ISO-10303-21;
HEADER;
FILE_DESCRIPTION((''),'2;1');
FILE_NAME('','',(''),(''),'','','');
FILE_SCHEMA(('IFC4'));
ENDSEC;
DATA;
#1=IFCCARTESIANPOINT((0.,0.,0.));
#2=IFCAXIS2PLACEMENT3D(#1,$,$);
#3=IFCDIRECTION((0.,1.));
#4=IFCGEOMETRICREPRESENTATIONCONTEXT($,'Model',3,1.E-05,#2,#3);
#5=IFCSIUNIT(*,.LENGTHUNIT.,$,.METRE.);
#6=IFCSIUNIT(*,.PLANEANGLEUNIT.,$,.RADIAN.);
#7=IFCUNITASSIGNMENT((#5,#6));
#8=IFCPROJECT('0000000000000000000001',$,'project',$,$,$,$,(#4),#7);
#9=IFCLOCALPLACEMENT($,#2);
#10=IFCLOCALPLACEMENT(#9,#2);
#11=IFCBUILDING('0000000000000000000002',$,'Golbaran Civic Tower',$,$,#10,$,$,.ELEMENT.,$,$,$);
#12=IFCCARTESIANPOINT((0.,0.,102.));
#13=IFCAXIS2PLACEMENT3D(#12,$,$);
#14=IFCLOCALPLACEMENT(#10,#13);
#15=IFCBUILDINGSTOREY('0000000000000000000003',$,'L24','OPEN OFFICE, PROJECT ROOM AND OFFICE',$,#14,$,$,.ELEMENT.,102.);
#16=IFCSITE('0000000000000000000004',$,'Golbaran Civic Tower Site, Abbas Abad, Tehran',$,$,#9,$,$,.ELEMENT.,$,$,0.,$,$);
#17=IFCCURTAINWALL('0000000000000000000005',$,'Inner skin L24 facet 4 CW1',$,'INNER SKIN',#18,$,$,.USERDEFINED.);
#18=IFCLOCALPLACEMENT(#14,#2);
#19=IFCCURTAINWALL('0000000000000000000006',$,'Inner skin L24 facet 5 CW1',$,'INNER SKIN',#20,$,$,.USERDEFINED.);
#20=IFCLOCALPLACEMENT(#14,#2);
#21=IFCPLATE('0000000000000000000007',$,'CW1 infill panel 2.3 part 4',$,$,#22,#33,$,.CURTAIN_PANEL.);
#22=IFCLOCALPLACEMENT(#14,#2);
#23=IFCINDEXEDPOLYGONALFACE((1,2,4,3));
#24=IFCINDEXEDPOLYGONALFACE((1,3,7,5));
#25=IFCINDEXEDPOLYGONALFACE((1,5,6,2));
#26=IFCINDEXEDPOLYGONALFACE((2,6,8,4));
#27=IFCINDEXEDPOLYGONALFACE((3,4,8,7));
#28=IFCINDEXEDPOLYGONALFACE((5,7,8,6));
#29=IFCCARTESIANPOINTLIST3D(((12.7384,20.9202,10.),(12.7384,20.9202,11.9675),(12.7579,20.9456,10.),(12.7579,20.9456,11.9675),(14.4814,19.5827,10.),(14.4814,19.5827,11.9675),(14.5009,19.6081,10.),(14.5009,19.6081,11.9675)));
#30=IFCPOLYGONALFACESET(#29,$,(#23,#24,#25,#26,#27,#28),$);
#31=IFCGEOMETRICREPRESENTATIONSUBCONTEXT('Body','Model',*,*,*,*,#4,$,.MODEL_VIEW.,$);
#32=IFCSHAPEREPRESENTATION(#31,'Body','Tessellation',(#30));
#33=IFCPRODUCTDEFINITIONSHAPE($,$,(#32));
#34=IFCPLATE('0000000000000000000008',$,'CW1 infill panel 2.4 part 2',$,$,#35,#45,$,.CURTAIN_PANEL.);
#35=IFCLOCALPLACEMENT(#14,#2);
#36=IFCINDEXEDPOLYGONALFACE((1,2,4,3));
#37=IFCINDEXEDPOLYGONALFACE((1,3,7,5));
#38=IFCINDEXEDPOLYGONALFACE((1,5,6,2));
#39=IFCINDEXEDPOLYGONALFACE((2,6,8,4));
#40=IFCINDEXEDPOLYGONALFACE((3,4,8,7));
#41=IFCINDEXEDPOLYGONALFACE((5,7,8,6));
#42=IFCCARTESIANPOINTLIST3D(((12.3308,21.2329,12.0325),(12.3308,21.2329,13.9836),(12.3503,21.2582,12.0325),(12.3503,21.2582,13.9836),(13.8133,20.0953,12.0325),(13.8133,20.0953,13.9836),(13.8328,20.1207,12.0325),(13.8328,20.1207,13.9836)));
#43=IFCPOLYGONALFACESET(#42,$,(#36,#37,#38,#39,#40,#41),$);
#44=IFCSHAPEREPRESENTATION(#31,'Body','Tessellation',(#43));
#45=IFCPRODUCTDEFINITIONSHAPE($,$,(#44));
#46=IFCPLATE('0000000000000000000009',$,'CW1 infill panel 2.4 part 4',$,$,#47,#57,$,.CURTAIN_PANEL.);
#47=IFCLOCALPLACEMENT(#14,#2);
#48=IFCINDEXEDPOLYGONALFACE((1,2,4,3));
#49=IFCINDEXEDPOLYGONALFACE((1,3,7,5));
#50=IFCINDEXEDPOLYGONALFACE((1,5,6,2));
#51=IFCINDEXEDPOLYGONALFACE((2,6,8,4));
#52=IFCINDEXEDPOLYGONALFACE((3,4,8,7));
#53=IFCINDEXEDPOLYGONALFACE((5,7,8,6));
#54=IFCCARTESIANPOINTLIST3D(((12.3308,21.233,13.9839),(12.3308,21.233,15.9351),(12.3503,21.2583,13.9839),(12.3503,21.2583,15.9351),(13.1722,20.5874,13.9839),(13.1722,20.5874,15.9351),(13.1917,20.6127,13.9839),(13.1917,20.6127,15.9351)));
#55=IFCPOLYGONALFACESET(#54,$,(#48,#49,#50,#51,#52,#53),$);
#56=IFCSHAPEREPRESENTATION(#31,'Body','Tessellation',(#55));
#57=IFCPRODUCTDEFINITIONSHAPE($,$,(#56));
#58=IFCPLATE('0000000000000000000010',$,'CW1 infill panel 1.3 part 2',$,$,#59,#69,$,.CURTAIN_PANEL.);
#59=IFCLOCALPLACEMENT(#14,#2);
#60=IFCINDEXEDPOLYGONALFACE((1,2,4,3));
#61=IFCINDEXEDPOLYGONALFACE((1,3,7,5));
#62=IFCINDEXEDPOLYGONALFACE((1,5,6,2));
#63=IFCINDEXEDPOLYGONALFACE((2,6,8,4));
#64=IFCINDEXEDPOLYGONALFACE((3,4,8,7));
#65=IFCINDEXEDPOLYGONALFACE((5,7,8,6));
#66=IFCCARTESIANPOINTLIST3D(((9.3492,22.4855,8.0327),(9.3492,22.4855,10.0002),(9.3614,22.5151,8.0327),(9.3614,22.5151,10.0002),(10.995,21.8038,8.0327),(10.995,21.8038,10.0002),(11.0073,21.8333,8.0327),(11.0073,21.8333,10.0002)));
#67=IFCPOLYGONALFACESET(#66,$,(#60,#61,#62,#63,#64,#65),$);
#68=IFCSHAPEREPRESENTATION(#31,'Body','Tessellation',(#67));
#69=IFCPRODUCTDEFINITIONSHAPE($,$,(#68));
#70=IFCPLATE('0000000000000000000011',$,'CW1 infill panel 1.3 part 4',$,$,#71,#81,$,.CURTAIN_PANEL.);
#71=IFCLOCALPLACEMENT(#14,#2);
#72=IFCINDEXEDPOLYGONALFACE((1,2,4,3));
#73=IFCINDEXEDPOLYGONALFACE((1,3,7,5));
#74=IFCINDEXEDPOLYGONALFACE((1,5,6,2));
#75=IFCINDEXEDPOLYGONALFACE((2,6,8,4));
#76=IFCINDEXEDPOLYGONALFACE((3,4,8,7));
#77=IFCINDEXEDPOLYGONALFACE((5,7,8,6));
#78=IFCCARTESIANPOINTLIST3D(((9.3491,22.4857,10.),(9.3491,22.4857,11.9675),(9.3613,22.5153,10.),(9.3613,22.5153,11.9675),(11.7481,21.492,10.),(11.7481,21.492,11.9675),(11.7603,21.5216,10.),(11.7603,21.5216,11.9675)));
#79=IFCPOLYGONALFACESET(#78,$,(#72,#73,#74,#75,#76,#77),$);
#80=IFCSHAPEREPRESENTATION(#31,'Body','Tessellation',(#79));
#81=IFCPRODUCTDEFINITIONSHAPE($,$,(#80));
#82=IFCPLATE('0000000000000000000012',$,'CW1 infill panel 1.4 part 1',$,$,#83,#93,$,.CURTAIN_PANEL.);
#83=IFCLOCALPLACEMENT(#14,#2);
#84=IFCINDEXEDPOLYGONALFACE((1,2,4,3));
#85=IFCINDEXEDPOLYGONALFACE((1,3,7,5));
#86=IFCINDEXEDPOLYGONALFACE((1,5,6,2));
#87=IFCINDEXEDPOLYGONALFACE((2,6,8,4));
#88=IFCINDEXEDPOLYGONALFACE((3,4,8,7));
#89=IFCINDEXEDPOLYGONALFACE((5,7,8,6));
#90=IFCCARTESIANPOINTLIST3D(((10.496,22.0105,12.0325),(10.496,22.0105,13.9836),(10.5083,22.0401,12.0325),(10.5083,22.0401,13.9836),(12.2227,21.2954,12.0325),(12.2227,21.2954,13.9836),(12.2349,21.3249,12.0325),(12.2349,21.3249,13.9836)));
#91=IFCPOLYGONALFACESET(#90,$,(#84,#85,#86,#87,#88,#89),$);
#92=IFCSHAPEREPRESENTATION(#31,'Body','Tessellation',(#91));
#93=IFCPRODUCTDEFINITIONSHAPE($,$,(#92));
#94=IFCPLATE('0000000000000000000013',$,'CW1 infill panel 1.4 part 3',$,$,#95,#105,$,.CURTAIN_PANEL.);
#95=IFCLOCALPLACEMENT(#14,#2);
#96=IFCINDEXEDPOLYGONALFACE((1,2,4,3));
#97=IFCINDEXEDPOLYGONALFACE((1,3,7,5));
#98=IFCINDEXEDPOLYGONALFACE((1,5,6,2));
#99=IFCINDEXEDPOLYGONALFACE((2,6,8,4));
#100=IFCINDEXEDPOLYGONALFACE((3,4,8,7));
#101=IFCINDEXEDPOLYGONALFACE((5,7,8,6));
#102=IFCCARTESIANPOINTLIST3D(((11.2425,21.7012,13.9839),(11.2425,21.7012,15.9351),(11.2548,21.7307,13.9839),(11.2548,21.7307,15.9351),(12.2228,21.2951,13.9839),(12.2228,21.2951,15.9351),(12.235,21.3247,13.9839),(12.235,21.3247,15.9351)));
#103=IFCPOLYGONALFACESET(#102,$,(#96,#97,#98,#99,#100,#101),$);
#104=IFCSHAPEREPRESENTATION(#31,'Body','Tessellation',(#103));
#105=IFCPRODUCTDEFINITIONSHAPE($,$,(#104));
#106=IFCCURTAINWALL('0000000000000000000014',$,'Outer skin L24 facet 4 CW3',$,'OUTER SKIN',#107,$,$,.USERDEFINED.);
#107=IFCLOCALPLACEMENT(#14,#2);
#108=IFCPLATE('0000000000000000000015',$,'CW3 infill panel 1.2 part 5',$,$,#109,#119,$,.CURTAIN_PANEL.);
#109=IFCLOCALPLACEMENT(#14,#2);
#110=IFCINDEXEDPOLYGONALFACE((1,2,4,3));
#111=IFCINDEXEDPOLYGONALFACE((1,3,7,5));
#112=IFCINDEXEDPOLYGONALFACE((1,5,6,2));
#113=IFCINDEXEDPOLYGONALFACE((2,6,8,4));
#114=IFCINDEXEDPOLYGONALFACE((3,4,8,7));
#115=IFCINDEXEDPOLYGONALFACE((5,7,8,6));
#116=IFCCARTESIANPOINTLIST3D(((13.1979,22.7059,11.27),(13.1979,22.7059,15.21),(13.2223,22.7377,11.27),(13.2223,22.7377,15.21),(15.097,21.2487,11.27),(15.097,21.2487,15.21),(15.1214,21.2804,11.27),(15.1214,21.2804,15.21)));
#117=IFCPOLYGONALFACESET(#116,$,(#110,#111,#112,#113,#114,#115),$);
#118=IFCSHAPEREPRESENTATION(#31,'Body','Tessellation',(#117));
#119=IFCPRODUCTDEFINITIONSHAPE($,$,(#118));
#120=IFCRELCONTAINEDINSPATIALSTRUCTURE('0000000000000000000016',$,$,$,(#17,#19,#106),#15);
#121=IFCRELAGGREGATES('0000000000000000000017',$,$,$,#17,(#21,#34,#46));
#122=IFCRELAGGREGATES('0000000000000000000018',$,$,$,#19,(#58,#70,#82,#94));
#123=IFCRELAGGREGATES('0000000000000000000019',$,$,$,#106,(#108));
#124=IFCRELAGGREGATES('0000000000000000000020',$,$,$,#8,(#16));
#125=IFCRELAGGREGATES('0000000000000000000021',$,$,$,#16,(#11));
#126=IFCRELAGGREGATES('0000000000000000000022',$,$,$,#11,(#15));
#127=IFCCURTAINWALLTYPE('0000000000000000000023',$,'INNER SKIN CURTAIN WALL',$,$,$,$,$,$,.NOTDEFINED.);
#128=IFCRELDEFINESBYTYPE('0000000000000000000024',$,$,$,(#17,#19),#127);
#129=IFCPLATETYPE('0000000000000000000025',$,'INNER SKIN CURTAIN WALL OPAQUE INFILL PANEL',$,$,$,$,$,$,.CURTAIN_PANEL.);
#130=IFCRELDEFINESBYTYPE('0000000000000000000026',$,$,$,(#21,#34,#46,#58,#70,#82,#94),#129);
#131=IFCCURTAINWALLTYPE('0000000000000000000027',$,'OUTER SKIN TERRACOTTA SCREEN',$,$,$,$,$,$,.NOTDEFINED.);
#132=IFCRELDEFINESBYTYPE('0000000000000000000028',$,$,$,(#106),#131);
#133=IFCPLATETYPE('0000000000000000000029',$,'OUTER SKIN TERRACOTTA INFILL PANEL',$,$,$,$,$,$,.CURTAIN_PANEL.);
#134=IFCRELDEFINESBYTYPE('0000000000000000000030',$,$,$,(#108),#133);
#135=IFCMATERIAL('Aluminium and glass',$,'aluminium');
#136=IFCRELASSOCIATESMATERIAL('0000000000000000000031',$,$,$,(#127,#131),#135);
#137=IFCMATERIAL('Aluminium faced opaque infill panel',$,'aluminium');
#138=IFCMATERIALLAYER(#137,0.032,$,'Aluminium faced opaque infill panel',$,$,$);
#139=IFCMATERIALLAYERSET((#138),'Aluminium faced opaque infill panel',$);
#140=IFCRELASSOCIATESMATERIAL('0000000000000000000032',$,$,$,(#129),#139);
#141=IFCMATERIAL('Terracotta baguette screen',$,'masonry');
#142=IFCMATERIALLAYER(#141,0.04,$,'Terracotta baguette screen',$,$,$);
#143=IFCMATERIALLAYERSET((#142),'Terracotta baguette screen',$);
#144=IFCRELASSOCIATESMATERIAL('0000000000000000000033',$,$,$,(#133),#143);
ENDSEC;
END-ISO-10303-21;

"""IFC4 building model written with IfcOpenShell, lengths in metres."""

from ifc_helpers import new_model, si_unit, direction, frame, origin, origin_2d, place, context, subcontext, project, spatial, rectangle, extrude, material, layer, layer_set, type_object, element, aggregate, save


model = new_model("IFC4")

# Units and contexts
model_context = context("Model", 3, precision=1e-05, world=origin(), true_north=direction((0.0, 1.0)))
body_context = subcontext(model_context, "Body", "Model", "MODEL_VIEW")
ifc_project = project(units=[si_unit("LENGTHUNIT", "METRE"), si_unit("PLANEANGLEUNIT", "RADIAN")], contexts=[model_context])

# Site, building, storey
site_placement = place(None, origin())
site = spatial("IfcSite", under=ifc_project, at=site_placement, Name="Golbaran Civic Tower Site, Abbas Abad, Tehran", CompositionType="ELEMENT", RefElevation=0.0)
building_placement = place(site_placement, origin())
building = spatial("IfcBuilding", under=site, at=building_placement, Name="Golbaran Civic Tower", CompositionType="ELEMENT")
storey_placement = place(building_placement, frame((0.0, 0.0, 102.0)))
storey = spatial("IfcBuildingStorey", under=building, at=storey_placement, Name="L24", Description="OPEN OFFICE, PROJECT ROOM AND OFFICE", CompositionType="ELEMENT", Elevation=102.0)

# Curtain walls
ifc_material_1 = material(Name="Aluminium and glass", Category="aluminium")
curtain_wall_type_1 = type_object("IfcCurtainWallType", Name="INNER SKIN CURTAIN WALL", PredefinedType="NOTDEFINED", material=ifc_material_1)
curtain_wall_1_placement = place(storey_placement, origin())
curtain_wall_1 = element("IfcCurtainWall", 1, at=curtain_wall_1_placement, inside=storey, type_object=curtain_wall_type_1, Name="Inner skin L24 facet 4 CW1", ObjectType="INNER SKIN", PredefinedType="USERDEFINED")
curtain_wall_2_placement = place(storey_placement, origin())
curtain_wall_2 = element("IfcCurtainWall", 2, at=curtain_wall_2_placement, inside=storey, type_object=curtain_wall_type_1, Name="Inner skin L24 facet 5 CW1", ObjectType="INNER SKIN", PredefinedType="USERDEFINED")

# Plates
ifc_material_2 = material(Name="Aluminium faced opaque infill panel", Category="aluminium")
ifc_layer_1 = layer(ifc_material_2, 0.032, Name="Aluminium faced opaque infill panel")
ifc_layer_set_1 = layer_set([ifc_layer_1], Name="Aluminium faced opaque infill panel")
plate_type_1 = type_object("IfcPlateType", Name="INNER SKIN CURTAIN WALL OPAQUE INFILL PANEL", PredefinedType="CURTAIN_PANEL", material=ifc_layer_set_1)
plate_1_placement = place(storey_placement, frame((13.6196, 20.2642, 10.0), z_axis=(0.0, 0.0, 1.0), x_axis=(-0.793353, 0.608761, 0.0)))
plate_1 = element("IfcPlate", 3, at=plate_1_placement, type_object=plate_type_1, Name="CW1 infill panel 2.3 part 4", PredefinedType="CURTAIN_PANEL", context=body_context, shape_type="SweptSolid", body=[
    extrude(rectangle(XDim=2.197, YDim=0.032, at=origin_2d()), origin(), (0.0, 0.0, 1.0), 1.9675),
])
plate_2_placement = place(storey_placement, frame((13.0818, 20.6768, 12.0325), z_axis=(0.0, 0.0, 1.0), x_axis=(-0.793353, 0.608761, 0.0)))
plate_2 = element("IfcPlate", 4, at=plate_2_placement, type_object=plate_type_1, Name="CW1 infill panel 2.4 part 2", PredefinedType="CURTAIN_PANEL", context=body_context, shape_type="SweptSolid", body=[
    extrude(rectangle(XDim=1.8687, YDim=0.032, at=origin_2d()), origin(), (0.0, 0.0, 1.0), 1.9512),
])
plate_3_placement = place(storey_placement, frame((12.7612, 20.9229, 13.9839), z_axis=(0.0, 0.0, 1.0), x_axis=(-0.793353, 0.608761, 0.0)))
plate_3 = element("IfcPlate", 5, at=plate_3_placement, type_object=plate_type_1, Name="CW1 infill panel 2.4 part 4", PredefinedType="CURTAIN_PANEL", context=body_context, shape_type="SweptSolid", body=[
    extrude(rectangle(XDim=1.0605, YDim=0.032, at=origin_2d()), origin(), (0.0, 0.0, 1.0), 1.9512),
])
aggregate(curtain_wall_1, [plate_1, plate_2, plate_3])
plate_4_placement = place(storey_placement, frame((10.1782, 22.1594, 8.0327), z_axis=(0.0, 0.0, 1.0), x_axis=(-0.92388, 0.382683, 0.0)))
plate_4 = element("IfcPlate", 6, at=plate_4_placement, type_object=plate_type_1, Name="CW1 infill panel 1.3 part 2", PredefinedType="CURTAIN_PANEL", context=body_context, shape_type="SweptSolid", body=[
    extrude(rectangle(XDim=1.7815, YDim=0.032, at=origin_2d()), origin(), (0.0, 0.0, 1.0), 1.9675),
])
plate_5_placement = place(storey_placement, frame((10.5547, 22.0037, 10.0), z_axis=(0.0, 0.0, 1.0), x_axis=(-0.92388, 0.382683, 0.0)))
plate_5 = element("IfcPlate", 7, at=plate_5_placement, type_object=plate_type_1, Name="CW1 infill panel 1.3 part 4", PredefinedType="CURTAIN_PANEL", context=body_context, shape_type="SweptSolid", body=[
    extrude(rectangle(XDim=2.5967, YDim=0.032, at=origin_2d()), origin(), (0.0, 0.0, 1.0), 1.9675),
])
plate_6_placement = place(storey_placement, frame((11.3655, 21.6677, 12.0325), z_axis=(0.0, 0.0, 1.0), x_axis=(-0.92388, 0.382683, 0.0)))
plate_6 = element("IfcPlate", 8, at=plate_6_placement, type_object=plate_type_1, Name="CW1 infill panel 1.4 part 1", PredefinedType="CURTAIN_PANEL", context=body_context, shape_type="SweptSolid", body=[
    extrude(rectangle(XDim=1.8689, YDim=0.032, at=origin_2d()), origin(), (0.0, 0.0, 1.0), 1.9512),
])
plate_7_placement = place(storey_placement, frame((11.7388, 21.5129, 13.9839), z_axis=(0.0, 0.0, 1.0), x_axis=(-0.92388, 0.382683, 0.0)))
plate_7 = element("IfcPlate", 9, at=plate_7_placement, type_object=plate_type_1, Name="CW1 infill panel 1.4 part 3", PredefinedType="CURTAIN_PANEL", context=body_context, shape_type="SweptSolid", body=[
    extrude(rectangle(XDim=1.061, YDim=0.032, at=origin_2d()), origin(), (0.0, 0.0, 1.0), 1.9512),
])
aggregate(curtain_wall_2, [plate_4, plate_5, plate_6, plate_7])

# Curtain wall, plate
curtain_wall_type_2 = type_object("IfcCurtainWallType", Name="OUTER SKIN TERRACOTTA SCREEN", PredefinedType="NOTDEFINED", material=ifc_material_1)
curtain_wall_3_placement = place(storey_placement, origin())
curtain_wall_3 = element("IfcCurtainWall", 10, at=curtain_wall_3_placement, inside=storey, type_object=curtain_wall_type_2, Name="Outer skin L24 facet 4 CW3", ObjectType="OUTER SKIN", PredefinedType="USERDEFINED")
ifc_material_3 = material(Name="Terracotta baguette screen", Category="masonry")
ifc_layer_2 = layer(ifc_material_3, 0.04, Name="Terracotta baguette screen")
ifc_layer_set_2 = layer_set([ifc_layer_2], Name="Terracotta baguette screen")
plate_type_2 = type_object("IfcPlateType", Name="OUTER SKIN TERRACOTTA INFILL PANEL", PredefinedType="CURTAIN_PANEL", material=ifc_layer_set_2)
plate_8_placement = place(storey_placement, frame((14.1597, 21.9932, 11.27), z_axis=(0.0, 0.0, 1.0), x_axis=(-0.793353, 0.608761, 0.0)))
plate_8 = element("IfcPlate", 11, at=plate_8_placement, type_object=plate_type_2, Name="CW3 infill panel 1.2 part 5", PredefinedType="CURTAIN_PANEL", context=body_context, shape_type="SweptSolid", body=[
    extrude(rectangle(XDim=2.3938, YDim=0.04, at=origin_2d()), origin(), (0.0, 0.0, 1.0), 3.9399),
])
aggregate(curtain_wall_3, [plate_8])

save(model, "model.ifc")
